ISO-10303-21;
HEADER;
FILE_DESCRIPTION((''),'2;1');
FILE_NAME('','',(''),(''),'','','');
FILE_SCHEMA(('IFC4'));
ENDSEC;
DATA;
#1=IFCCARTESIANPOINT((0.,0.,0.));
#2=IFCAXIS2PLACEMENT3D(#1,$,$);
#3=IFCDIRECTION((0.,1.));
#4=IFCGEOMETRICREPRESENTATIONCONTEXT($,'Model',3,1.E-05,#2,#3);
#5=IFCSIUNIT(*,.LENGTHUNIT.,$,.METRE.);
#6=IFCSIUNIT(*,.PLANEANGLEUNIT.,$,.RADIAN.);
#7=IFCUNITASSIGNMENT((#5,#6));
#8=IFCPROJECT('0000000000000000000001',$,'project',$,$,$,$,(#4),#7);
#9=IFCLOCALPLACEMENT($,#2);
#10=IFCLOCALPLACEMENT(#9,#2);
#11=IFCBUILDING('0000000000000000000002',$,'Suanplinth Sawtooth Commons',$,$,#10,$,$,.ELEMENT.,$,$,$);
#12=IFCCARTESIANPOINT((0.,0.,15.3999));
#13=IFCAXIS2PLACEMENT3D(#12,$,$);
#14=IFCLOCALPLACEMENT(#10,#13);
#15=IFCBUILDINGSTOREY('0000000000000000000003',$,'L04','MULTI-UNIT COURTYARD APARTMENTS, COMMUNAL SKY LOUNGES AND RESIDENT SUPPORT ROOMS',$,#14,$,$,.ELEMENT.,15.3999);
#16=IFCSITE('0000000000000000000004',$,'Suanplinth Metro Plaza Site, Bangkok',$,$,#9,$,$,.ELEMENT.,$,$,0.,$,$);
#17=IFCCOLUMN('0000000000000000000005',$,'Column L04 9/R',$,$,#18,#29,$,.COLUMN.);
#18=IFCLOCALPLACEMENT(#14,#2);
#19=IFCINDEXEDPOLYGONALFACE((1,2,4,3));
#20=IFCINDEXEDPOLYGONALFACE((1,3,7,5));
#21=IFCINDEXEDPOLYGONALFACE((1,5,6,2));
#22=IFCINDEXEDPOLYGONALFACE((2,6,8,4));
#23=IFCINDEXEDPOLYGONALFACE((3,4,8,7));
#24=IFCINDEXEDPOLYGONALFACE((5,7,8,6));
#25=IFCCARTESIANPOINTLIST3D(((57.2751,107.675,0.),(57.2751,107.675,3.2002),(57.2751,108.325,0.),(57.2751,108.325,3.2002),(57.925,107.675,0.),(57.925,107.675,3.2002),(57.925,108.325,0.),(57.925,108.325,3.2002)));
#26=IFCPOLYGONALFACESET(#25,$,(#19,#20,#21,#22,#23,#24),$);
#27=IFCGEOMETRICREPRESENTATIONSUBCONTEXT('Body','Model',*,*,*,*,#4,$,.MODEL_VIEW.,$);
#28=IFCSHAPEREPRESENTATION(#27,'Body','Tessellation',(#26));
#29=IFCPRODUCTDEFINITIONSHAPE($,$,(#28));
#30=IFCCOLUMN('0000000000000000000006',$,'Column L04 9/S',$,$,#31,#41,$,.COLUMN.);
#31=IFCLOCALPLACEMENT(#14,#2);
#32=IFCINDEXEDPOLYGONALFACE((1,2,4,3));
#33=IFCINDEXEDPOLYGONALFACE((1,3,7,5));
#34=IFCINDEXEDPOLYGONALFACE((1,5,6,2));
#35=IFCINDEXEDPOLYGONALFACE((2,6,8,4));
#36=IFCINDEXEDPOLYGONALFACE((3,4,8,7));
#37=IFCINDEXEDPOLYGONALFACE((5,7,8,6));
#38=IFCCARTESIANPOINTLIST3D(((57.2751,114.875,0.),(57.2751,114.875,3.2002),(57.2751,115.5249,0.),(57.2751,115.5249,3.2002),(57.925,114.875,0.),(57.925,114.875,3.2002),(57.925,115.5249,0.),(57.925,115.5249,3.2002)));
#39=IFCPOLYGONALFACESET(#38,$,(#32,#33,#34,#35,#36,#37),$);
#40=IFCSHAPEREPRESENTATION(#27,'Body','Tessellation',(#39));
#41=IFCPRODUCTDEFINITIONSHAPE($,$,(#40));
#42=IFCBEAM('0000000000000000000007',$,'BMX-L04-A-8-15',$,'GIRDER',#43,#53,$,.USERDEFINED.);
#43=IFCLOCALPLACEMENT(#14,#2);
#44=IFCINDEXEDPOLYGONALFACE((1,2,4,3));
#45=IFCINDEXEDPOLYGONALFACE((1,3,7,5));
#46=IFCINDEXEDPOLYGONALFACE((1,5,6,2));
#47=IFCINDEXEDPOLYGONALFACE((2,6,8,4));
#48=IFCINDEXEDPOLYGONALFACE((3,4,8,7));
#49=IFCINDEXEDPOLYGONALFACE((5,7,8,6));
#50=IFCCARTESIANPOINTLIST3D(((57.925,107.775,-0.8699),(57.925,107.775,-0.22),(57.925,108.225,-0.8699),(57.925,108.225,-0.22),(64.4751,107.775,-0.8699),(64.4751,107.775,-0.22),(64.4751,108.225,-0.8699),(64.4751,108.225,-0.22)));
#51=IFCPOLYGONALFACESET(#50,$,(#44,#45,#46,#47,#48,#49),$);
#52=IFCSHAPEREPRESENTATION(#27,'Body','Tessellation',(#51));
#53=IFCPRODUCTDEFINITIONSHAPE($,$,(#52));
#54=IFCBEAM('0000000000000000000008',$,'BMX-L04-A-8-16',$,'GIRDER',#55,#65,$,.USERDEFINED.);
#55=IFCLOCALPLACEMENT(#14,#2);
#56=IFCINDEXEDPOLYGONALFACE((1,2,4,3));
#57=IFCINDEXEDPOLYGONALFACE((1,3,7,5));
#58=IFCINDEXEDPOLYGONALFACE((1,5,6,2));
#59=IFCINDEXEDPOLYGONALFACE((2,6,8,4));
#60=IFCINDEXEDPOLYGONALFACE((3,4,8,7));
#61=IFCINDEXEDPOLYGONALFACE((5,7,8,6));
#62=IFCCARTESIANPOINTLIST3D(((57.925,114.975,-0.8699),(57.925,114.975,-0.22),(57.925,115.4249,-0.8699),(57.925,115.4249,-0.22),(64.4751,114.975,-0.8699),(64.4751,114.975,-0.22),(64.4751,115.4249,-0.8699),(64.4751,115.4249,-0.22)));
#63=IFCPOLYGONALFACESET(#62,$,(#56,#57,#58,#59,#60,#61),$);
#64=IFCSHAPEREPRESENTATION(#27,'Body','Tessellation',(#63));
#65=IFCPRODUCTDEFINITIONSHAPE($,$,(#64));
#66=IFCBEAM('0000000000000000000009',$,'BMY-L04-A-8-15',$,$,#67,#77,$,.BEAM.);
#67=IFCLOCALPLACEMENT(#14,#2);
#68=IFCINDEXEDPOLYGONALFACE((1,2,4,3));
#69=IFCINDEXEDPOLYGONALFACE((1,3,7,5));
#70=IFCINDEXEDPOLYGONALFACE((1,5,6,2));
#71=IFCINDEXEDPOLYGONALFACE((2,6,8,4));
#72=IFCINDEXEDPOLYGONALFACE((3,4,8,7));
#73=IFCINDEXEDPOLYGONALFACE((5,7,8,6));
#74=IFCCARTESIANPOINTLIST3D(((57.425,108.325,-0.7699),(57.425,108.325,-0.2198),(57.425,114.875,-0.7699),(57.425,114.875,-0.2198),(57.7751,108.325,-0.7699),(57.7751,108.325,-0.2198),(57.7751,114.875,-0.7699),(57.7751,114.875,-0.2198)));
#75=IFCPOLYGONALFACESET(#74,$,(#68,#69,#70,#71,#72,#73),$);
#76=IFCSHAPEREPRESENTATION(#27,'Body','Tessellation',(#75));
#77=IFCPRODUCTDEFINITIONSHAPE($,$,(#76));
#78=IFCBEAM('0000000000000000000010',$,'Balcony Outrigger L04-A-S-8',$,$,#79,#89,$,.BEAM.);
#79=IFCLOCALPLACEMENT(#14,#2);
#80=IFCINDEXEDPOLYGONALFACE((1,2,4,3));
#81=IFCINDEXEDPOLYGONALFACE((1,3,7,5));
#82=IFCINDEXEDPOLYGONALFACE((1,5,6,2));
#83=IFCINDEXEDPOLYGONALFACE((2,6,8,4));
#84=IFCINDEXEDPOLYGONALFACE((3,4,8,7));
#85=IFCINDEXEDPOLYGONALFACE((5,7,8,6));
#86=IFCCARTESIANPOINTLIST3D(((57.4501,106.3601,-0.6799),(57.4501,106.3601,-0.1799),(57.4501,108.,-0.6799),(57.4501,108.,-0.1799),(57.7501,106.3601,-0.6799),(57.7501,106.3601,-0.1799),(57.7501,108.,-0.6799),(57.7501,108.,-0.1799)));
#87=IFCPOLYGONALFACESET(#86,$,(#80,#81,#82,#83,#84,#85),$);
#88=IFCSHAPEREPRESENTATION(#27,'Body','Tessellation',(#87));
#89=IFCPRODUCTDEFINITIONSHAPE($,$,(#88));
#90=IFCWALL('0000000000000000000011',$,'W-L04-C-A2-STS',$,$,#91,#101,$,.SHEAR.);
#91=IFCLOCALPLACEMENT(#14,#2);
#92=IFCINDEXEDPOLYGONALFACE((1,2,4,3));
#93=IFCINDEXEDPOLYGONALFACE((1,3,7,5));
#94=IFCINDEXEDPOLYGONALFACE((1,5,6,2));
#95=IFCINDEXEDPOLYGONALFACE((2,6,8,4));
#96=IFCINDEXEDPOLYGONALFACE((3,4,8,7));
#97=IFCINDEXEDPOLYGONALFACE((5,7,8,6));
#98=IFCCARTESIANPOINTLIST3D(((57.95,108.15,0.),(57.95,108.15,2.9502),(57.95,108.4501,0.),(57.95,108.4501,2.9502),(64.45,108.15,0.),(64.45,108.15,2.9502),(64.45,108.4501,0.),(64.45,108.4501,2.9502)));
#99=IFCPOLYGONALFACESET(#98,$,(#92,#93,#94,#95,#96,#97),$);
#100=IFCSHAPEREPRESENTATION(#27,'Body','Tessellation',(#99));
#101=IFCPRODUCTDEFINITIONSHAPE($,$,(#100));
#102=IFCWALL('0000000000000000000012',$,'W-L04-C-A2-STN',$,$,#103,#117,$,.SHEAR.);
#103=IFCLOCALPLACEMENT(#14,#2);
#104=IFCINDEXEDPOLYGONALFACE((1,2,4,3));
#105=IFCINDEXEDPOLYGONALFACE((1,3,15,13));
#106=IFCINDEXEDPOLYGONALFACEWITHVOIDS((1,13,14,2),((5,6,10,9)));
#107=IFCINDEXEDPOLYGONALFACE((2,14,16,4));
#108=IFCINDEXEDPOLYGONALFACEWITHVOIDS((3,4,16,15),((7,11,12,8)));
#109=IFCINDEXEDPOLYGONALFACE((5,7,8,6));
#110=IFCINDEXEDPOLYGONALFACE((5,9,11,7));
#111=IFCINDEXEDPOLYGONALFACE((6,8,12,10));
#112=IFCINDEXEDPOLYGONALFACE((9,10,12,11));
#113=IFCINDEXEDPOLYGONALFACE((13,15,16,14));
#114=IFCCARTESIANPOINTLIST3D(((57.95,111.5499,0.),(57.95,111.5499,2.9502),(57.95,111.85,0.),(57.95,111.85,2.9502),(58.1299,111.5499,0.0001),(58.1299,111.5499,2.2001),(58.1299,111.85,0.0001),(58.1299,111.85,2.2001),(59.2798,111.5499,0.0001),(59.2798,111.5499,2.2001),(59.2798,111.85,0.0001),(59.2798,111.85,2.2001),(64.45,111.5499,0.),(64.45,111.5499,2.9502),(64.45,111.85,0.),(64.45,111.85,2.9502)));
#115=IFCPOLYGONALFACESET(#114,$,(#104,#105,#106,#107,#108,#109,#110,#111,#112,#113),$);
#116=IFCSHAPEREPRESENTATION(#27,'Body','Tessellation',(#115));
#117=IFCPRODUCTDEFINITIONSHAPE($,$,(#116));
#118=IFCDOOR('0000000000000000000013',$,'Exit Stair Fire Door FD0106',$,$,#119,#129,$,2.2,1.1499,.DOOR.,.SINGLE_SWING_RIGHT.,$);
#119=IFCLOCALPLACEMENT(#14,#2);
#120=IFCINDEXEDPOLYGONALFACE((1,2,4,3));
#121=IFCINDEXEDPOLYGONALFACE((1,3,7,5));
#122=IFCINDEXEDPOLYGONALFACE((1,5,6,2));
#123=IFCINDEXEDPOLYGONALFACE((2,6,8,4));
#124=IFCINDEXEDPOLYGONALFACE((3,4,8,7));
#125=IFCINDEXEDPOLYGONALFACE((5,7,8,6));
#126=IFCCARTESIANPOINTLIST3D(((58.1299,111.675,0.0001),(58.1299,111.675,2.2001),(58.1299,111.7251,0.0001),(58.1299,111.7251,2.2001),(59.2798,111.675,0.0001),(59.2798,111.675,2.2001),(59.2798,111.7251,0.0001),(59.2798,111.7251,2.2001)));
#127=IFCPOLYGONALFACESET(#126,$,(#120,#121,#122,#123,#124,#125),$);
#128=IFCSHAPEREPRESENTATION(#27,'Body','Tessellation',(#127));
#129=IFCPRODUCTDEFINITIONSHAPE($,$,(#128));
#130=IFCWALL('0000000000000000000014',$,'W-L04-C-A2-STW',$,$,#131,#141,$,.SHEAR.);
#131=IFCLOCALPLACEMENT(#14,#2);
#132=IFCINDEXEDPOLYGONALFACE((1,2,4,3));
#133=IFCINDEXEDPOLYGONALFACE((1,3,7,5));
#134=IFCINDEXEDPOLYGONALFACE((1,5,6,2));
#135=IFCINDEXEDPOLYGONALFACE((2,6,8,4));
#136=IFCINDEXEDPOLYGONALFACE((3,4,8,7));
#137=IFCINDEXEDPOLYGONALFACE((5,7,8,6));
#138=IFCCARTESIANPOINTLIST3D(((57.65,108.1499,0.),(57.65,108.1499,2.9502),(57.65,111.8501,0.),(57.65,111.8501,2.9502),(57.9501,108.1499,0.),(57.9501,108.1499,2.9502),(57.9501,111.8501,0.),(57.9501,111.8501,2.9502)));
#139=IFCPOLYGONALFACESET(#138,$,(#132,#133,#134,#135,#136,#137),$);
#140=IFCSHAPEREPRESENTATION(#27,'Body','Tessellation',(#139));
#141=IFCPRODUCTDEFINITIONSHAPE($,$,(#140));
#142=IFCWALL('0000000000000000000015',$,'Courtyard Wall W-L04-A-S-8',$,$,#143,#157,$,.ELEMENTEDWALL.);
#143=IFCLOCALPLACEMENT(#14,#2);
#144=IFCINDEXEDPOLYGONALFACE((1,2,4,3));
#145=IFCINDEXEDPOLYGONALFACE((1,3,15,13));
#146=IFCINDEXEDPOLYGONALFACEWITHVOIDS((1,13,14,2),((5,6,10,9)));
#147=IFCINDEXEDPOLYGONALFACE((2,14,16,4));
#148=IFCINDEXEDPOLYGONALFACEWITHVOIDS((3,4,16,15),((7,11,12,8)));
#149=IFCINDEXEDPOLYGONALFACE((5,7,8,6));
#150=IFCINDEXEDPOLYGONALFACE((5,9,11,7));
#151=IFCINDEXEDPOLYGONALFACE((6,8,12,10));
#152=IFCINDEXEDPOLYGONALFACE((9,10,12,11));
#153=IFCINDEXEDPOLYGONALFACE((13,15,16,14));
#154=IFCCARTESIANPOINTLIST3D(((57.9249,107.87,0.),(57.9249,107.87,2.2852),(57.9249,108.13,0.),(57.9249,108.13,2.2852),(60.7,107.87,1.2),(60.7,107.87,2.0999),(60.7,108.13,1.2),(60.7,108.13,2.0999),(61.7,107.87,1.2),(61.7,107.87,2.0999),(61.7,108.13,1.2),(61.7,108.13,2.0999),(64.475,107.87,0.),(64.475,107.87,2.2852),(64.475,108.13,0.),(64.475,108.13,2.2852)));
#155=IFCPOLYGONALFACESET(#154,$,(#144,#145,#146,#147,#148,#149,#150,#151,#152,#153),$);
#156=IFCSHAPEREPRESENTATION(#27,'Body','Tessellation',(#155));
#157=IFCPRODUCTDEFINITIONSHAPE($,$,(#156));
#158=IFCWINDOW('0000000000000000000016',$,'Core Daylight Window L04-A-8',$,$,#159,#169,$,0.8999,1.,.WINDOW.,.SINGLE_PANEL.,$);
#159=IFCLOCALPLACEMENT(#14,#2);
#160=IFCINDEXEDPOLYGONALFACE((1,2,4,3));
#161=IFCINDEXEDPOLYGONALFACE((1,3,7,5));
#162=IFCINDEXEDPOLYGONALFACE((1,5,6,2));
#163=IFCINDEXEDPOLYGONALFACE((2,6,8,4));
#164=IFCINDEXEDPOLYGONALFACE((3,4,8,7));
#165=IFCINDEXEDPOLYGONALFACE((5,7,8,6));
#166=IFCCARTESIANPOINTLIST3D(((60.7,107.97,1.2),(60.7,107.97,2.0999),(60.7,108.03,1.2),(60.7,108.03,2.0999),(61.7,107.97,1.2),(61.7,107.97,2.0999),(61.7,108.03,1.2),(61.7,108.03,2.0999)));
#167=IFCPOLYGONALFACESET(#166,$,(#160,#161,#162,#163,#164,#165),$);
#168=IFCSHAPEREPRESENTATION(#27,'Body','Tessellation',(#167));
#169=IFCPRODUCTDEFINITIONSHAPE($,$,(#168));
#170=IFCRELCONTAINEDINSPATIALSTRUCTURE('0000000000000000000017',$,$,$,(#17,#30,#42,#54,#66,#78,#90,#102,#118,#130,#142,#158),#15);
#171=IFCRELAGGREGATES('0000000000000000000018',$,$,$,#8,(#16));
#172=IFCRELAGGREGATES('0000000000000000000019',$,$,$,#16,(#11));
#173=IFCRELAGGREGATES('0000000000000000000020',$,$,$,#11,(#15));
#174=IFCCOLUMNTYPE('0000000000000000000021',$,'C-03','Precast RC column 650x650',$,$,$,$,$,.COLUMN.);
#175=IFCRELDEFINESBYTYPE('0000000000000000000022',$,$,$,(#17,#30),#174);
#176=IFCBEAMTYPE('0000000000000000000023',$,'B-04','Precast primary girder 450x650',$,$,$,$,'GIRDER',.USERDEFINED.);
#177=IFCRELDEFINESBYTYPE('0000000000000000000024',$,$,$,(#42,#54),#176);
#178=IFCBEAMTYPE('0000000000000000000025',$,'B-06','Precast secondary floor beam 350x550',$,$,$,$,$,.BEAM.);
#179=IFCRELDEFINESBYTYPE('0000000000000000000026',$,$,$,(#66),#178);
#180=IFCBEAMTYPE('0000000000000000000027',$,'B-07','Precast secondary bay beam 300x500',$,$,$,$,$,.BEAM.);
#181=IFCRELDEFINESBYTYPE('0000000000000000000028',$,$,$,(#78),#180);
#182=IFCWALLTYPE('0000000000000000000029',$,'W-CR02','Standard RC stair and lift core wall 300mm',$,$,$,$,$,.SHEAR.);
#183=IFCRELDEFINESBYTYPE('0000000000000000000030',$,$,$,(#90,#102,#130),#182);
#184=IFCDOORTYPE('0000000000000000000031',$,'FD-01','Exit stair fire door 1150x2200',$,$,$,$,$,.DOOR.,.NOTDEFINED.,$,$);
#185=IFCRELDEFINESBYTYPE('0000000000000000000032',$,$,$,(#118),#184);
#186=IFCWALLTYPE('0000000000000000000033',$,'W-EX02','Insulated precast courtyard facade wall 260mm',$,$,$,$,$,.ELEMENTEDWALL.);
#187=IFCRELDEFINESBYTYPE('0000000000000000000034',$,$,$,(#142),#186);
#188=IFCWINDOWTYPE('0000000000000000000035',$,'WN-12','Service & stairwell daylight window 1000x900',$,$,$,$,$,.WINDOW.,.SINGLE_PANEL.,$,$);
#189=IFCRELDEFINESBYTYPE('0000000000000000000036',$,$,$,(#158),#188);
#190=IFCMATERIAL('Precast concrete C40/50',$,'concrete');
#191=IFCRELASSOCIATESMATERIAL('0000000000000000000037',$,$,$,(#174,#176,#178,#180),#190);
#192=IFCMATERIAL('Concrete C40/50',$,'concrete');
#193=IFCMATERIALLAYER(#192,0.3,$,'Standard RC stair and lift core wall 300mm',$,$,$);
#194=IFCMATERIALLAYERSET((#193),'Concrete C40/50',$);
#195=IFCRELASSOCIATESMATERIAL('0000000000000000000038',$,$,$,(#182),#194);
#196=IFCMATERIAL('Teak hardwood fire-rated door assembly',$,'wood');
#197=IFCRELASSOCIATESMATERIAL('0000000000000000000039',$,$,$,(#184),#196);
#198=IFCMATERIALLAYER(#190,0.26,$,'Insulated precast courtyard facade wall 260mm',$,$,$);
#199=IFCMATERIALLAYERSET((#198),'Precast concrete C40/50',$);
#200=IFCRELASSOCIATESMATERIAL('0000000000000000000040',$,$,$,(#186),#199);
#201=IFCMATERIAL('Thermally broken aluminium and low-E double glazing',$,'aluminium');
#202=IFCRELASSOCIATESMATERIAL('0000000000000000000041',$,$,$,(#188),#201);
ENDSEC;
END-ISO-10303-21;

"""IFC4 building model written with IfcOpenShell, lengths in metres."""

from ifc_helpers import new_model, si_unit, direction, frame, frame_2d, origin, origin_2d, place, context, subcontext, project, spatial, rectangle, extrude, material, layer, layer_set, material_profile, profile_set, type_object, element, fill, save


model = new_model("IFC4")

# Units and contexts
model_context = context("Model", 3, precision=1e-05, world=origin(), true_north=direction((0.0, 1.0)))
body_context = subcontext(model_context, "Body", "Model", "MODEL_VIEW")
ifc_project = project(units=[si_unit("LENGTHUNIT", "METRE"), si_unit("PLANEANGLEUNIT", "RADIAN")], contexts=[model_context])

# Site, building, storey
site_placement = place(None, origin())
site = spatial("IfcSite", under=ifc_project, at=site_placement, Name="Suanplinth Metro Plaza Site, Bangkok", CompositionType="ELEMENT", RefElevation=0.0)
building_placement = place(site_placement, origin())
building = spatial("IfcBuilding", under=site, at=building_placement, Name="Suanplinth Sawtooth Commons", CompositionType="ELEMENT")
storey_placement = place(building_placement, frame((0.0, 0.0, 15.3999)))
storey = spatial("IfcBuildingStorey", under=building, at=storey_placement, Name="L04", Description="MULTI-UNIT COURTYARD APARTMENTS, COMMUNAL SKY LOUNGES AND RESIDENT SUPPORT ROOMS", CompositionType="ELEMENT", Elevation=15.3999)

# Columns
ifc_material_1 = material(Name="Precast concrete C40/50", Category="concrete")
ifc_material_profile_1 = material_profile(ifc_material_1, rectangle(XDim=0.6499, YDim=0.6499, at=origin_2d()), Name="PC-COL 650x650")
ifc_profile_set_1 = profile_set([ifc_material_profile_1], Name="Precast concrete C40/50")
column_type = type_object("IfcColumnType", Name="C-03", Description="Precast RC column 650x650", PredefinedType="COLUMN", material=ifc_profile_set_1)
for number, where, z_axis, x_axis, name in (
    (1, (57.6001, 108.0, 0.0), (0.0, 0.0, 1.0), (1.0, 0.0, 0.0), "Column L04 9/R"),
    (2, (57.6001, 115.2, 0.0), (0.0, 0.0, 1.0), (1.0, 0.0, 0.0), "Column L04 9/S"),
):
    element("IfcColumn", number, at=place(storey_placement, frame(where, z_axis=z_axis, x_axis=x_axis)), inside=storey, type_object=column_type, Name=name, PredefinedType="COLUMN", context=body_context, shape_type="SweptSolid", body=[
        extrude(rectangle(XDim=0.6499, YDim=0.6499, at=origin_2d()), origin(), (0.0, 0.0, 1.0), 3.2002),
    ])

# Beams
ifc_material_profile_2 = material_profile(ifc_material_1, rectangle(XDim=0.45, YDim=0.6499, at=origin_2d()), Name="PC-GDR 450x650")
ifc_profile_set_2 = profile_set([ifc_material_profile_2], Name="Precast concrete C40/50")
beam_type_1 = type_object("IfcBeamType", Name="B-04", Description="Precast primary girder 450x650", ElementType="GIRDER", PredefinedType="USERDEFINED", material=ifc_profile_set_2)
for number, where, z_axis, x_axis, name in (
    (3, (57.925, 108.0, -0.5449), (1.0, 0.0, 0.0), (0.0, 1.0, 0.0), "BMX-L04-A-8-15"),
    (4, (57.925, 115.2, -0.5449), (1.0, 0.0, 0.0), (0.0, 1.0, 0.0), "BMX-L04-A-8-16"),
):
    element("IfcBeam", number, at=place(storey_placement, frame(where, z_axis=z_axis, x_axis=x_axis)), inside=storey, type_object=beam_type_1, Name=name, ObjectType="GIRDER", PredefinedType="USERDEFINED", context=body_context, shape_type="SweptSolid", body=[
        extrude(rectangle(XDim=0.45, YDim=0.6499, at=origin_2d()), origin(), (0.0, 0.0, 1.0), 6.55),
    ])
ifc_material_profile_3 = material_profile(ifc_material_1, rectangle(XDim=0.3501, YDim=0.55, at=origin_2d()), Name="PC-BM 350x550")
ifc_profile_set_3 = profile_set([ifc_material_profile_3], Name="Precast concrete C40/50")
beam_type_2 = type_object("IfcBeamType", Name="B-06", Description="Precast secondary floor beam 350x550", PredefinedType="BEAM", material=ifc_profile_set_3)
beam_1_placement = place(storey_placement, frame((57.6001, 108.325, -0.4949), z_axis=(0.0, 1.0, 0.0), x_axis=(-1.0, 0.0, 0.0)))
element("IfcBeam", 5, at=beam_1_placement, inside=storey, type_object=beam_type_2, Name="BMY-L04-A-8-15", PredefinedType="BEAM", context=body_context, shape_type="SweptSolid", body=[
    extrude(rectangle(XDim=0.3501, YDim=0.55, at=origin_2d()), origin(), (0.0, 0.0, 1.0), 6.55),
])
ifc_material_profile_4 = material_profile(ifc_material_1, rectangle(XDim=0.3, YDim=0.5, at=origin_2d()), Name="PC-BM 300x500")
ifc_profile_set_4 = profile_set([ifc_material_profile_4], Name="Precast concrete C40/50")
beam_type_3 = type_object("IfcBeamType", Name="B-07", Description="Precast secondary bay beam 300x500", PredefinedType="BEAM", material=ifc_profile_set_4)
beam_2_placement = place(storey_placement, frame((57.6001, 108.0, -0.4299), z_axis=(0.0, -1.0, 0.0), x_axis=(1.0, 0.0, 0.0)))
element("IfcBeam", 6, at=beam_2_placement, inside=storey, type_object=beam_type_3, Name="Balcony Outrigger L04-A-S-8", PredefinedType="BEAM", context=body_context, shape_type="SweptSolid", body=[
    extrude(rectangle(XDim=0.3, YDim=0.5, at=origin_2d()), origin(), (0.0, 0.0, 1.0), 1.6399),
])

# Wall
ifc_material_2 = material(Name="Concrete C40/50", Category="concrete")
ifc_layer_1 = layer(ifc_material_2, 0.3, Name="Standard RC stair and lift core wall 300mm")
ifc_layer_set_1 = layer_set([ifc_layer_1], Name="Concrete C40/50")
wall_type_1 = type_object("IfcWallType", Name="W-CR02", Description="Standard RC stair and lift core wall 300mm", PredefinedType="SHEAR", material=ifc_layer_set_1)
wall_1_placement = place(storey_placement, frame((57.95, 108.3, 0.0), z_axis=(0.0, 0.0, 1.0), x_axis=(1.0, 0.0, 0.0)))
element("IfcWall", 7, at=wall_1_placement, inside=storey, type_object=wall_type_1, Name="W-L04-C-A2-STS", PredefinedType="SHEAR", context=body_context, shape_type="SweptSolid", body=[
    extrude(rectangle(XDim=6.5, YDim=0.3, at=frame_2d((3.25, 0.0))), origin(), (0.0, 0.0, 1.0), 2.9502),
])

# Wall, opening, door
wall_2_placement = place(storey_placement, frame((57.95, 111.7, 0.0), z_axis=(0.0, 0.0, 1.0), x_axis=(1.0, 0.0, 0.0)))
wall_2 = element("IfcWall", 8, at=wall_2_placement, inside=storey, type_object=wall_type_1, Name="W-L04-C-A2-STN", PredefinedType="SHEAR", context=body_context, shape_type="SweptSolid", body=[
    extrude(rectangle(XDim=6.5, YDim=0.3, at=frame_2d((3.25, 0.0))), origin(), (0.0, 0.0, 1.0), 2.9502),
])
opening_1_placement = place(wall_2_placement, frame((0.1799, 0.0, 0.0)))
opening_1 = element("IfcOpeningElement", 9, at=opening_1_placement, cuts=wall_2, PredefinedType="OPENING", context=body_context, shape_type="SweptSolid", body=[
    extrude(rectangle(XDim=1.1499, YDim=2.2, at=frame_2d((0.575, 1.1001))), frame((0.0, 0.165, 0.0), z_axis=(0.0, -1.0, 0.0), x_axis=(1.0, 0.0, 0.0)), (0.0, 0.0, 1.0), 0.3298),
])
ifc_material_3 = material(Name="Teak hardwood fire-rated door assembly", Category="wood")
door_type_1 = type_object("IfcDoorType", Name="FD-01", Description="Exit stair fire door 1150x2200", OperationType="NOTDEFINED", PredefinedType="DOOR", material=ifc_material_3)
door_1_placement = place(opening_1_placement, frame((1.1499, 0.0, 0.0), z_axis=(0.0, 0.0, 1.0), x_axis=(-1.0, 0.0, 0.0)))
door_1 = element("IfcDoor", 10, at=door_1_placement, inside=storey, type_object=door_type_1, Name="Exit Stair Fire Door FD0106", OperationType="SINGLE_SWING_RIGHT", OverallHeight=2.2, OverallWidth=1.1499, PredefinedType="DOOR", context=body_context, shape_type="SweptSolid", body=[
    extrude(rectangle(XDim=1.1499, YDim=2.2, at=frame_2d((0.575, 1.1001))), frame((0.0, 0.0249, 0.0), z_axis=(0.0, -1.0, 0.0), x_axis=(1.0, 0.0, 0.0)), (0.0, 0.0, 1.0), 0.05),
])
fill(opening_1, door_1)

# Wall
wall_3_placement = place(storey_placement, frame((57.8, 108.1499, 0.0), z_axis=(0.0, 0.0, 1.0), x_axis=(0.0, 1.0, 0.0)))
element("IfcWall", 11, at=wall_3_placement, inside=storey, type_object=wall_type_1, Name="W-L04-C-A2-STW", PredefinedType="SHEAR", context=body_context, shape_type="SweptSolid", body=[
    extrude(rectangle(XDim=3.7002, YDim=0.3, at=frame_2d((1.8501, 0.0))), origin(), (0.0, 0.0, 1.0), 2.9502),
])

# Wall, opening, window
ifc_layer_2 = layer(ifc_material_1, 0.26, Name="Insulated precast courtyard facade wall 260mm")
ifc_layer_set_2 = layer_set([ifc_layer_2], Name="Precast concrete C40/50")
wall_type_2 = type_object("IfcWallType", Name="W-EX02", Description="Insulated precast courtyard facade wall 260mm", PredefinedType="ELEMENTEDWALL", material=ifc_layer_set_2)
wall_4_placement = place(storey_placement, frame((57.925, 108.0, 0.0), z_axis=(0.0, 0.0, 1.0), x_axis=(1.0, 0.0, 0.0)))
wall_4 = element("IfcWall", 12, at=wall_4_placement, inside=storey, type_object=wall_type_2, Name="Courtyard Wall W-L04-A-S-8", PredefinedType="ELEMENTEDWALL", context=body_context, shape_type="SweptSolid", body=[
    extrude(rectangle(XDim=6.55, YDim=0.26, at=frame_2d((3.2749, 0.0))), origin(), (0.0, 0.0, 1.0), 2.2852),
])
opening_2_placement = place(wall_4_placement, frame((2.7749, 0.0, 1.2)))
opening_2 = element("IfcOpeningElement", 13, at=opening_2_placement, cuts=wall_4, PredefinedType="OPENING", context=body_context, shape_type="SweptSolid", body=[
    extrude(rectangle(XDim=1.0, YDim=0.8999, at=frame_2d((0.5, 0.45))), frame((0.0, 0.145, 0.0), z_axis=(0.0, -1.0, 0.0), x_axis=(1.0, 0.0, 0.0)), (0.0, 0.0, 1.0), 0.2898),
])
ifc_material_4 = material(Name="Thermally broken aluminium and low-E double glazing", Category="aluminium")
window_type = type_object("IfcWindowType", Name="WN-12", Description="Service & stairwell daylight window 1000x900", PartitioningType="SINGLE_PANEL", PredefinedType="WINDOW", material=ifc_material_4)
window_placement = place(opening_2_placement, origin())
window = element("IfcWindow", 14, at=window_placement, inside=storey, type_object=window_type, Name="Core Daylight Window L04-A-8", OverallHeight=0.8999, OverallWidth=1.0, PartitioningType="SINGLE_PANEL", PredefinedType="WINDOW", context=body_context, shape_type="SweptSolid", body=[
    extrude(rectangle(XDim=1.0, YDim=0.8999, at=frame_2d((0.5, 0.45))), frame((0.0, 0.03, 0.0), z_axis=(0.0, -1.0, 0.0), x_axis=(1.0, 0.0, 0.0)), (0.0, 0.0, 1.0), 0.0601),
])
fill(opening_2, window)

save(model, "model.ifc")
